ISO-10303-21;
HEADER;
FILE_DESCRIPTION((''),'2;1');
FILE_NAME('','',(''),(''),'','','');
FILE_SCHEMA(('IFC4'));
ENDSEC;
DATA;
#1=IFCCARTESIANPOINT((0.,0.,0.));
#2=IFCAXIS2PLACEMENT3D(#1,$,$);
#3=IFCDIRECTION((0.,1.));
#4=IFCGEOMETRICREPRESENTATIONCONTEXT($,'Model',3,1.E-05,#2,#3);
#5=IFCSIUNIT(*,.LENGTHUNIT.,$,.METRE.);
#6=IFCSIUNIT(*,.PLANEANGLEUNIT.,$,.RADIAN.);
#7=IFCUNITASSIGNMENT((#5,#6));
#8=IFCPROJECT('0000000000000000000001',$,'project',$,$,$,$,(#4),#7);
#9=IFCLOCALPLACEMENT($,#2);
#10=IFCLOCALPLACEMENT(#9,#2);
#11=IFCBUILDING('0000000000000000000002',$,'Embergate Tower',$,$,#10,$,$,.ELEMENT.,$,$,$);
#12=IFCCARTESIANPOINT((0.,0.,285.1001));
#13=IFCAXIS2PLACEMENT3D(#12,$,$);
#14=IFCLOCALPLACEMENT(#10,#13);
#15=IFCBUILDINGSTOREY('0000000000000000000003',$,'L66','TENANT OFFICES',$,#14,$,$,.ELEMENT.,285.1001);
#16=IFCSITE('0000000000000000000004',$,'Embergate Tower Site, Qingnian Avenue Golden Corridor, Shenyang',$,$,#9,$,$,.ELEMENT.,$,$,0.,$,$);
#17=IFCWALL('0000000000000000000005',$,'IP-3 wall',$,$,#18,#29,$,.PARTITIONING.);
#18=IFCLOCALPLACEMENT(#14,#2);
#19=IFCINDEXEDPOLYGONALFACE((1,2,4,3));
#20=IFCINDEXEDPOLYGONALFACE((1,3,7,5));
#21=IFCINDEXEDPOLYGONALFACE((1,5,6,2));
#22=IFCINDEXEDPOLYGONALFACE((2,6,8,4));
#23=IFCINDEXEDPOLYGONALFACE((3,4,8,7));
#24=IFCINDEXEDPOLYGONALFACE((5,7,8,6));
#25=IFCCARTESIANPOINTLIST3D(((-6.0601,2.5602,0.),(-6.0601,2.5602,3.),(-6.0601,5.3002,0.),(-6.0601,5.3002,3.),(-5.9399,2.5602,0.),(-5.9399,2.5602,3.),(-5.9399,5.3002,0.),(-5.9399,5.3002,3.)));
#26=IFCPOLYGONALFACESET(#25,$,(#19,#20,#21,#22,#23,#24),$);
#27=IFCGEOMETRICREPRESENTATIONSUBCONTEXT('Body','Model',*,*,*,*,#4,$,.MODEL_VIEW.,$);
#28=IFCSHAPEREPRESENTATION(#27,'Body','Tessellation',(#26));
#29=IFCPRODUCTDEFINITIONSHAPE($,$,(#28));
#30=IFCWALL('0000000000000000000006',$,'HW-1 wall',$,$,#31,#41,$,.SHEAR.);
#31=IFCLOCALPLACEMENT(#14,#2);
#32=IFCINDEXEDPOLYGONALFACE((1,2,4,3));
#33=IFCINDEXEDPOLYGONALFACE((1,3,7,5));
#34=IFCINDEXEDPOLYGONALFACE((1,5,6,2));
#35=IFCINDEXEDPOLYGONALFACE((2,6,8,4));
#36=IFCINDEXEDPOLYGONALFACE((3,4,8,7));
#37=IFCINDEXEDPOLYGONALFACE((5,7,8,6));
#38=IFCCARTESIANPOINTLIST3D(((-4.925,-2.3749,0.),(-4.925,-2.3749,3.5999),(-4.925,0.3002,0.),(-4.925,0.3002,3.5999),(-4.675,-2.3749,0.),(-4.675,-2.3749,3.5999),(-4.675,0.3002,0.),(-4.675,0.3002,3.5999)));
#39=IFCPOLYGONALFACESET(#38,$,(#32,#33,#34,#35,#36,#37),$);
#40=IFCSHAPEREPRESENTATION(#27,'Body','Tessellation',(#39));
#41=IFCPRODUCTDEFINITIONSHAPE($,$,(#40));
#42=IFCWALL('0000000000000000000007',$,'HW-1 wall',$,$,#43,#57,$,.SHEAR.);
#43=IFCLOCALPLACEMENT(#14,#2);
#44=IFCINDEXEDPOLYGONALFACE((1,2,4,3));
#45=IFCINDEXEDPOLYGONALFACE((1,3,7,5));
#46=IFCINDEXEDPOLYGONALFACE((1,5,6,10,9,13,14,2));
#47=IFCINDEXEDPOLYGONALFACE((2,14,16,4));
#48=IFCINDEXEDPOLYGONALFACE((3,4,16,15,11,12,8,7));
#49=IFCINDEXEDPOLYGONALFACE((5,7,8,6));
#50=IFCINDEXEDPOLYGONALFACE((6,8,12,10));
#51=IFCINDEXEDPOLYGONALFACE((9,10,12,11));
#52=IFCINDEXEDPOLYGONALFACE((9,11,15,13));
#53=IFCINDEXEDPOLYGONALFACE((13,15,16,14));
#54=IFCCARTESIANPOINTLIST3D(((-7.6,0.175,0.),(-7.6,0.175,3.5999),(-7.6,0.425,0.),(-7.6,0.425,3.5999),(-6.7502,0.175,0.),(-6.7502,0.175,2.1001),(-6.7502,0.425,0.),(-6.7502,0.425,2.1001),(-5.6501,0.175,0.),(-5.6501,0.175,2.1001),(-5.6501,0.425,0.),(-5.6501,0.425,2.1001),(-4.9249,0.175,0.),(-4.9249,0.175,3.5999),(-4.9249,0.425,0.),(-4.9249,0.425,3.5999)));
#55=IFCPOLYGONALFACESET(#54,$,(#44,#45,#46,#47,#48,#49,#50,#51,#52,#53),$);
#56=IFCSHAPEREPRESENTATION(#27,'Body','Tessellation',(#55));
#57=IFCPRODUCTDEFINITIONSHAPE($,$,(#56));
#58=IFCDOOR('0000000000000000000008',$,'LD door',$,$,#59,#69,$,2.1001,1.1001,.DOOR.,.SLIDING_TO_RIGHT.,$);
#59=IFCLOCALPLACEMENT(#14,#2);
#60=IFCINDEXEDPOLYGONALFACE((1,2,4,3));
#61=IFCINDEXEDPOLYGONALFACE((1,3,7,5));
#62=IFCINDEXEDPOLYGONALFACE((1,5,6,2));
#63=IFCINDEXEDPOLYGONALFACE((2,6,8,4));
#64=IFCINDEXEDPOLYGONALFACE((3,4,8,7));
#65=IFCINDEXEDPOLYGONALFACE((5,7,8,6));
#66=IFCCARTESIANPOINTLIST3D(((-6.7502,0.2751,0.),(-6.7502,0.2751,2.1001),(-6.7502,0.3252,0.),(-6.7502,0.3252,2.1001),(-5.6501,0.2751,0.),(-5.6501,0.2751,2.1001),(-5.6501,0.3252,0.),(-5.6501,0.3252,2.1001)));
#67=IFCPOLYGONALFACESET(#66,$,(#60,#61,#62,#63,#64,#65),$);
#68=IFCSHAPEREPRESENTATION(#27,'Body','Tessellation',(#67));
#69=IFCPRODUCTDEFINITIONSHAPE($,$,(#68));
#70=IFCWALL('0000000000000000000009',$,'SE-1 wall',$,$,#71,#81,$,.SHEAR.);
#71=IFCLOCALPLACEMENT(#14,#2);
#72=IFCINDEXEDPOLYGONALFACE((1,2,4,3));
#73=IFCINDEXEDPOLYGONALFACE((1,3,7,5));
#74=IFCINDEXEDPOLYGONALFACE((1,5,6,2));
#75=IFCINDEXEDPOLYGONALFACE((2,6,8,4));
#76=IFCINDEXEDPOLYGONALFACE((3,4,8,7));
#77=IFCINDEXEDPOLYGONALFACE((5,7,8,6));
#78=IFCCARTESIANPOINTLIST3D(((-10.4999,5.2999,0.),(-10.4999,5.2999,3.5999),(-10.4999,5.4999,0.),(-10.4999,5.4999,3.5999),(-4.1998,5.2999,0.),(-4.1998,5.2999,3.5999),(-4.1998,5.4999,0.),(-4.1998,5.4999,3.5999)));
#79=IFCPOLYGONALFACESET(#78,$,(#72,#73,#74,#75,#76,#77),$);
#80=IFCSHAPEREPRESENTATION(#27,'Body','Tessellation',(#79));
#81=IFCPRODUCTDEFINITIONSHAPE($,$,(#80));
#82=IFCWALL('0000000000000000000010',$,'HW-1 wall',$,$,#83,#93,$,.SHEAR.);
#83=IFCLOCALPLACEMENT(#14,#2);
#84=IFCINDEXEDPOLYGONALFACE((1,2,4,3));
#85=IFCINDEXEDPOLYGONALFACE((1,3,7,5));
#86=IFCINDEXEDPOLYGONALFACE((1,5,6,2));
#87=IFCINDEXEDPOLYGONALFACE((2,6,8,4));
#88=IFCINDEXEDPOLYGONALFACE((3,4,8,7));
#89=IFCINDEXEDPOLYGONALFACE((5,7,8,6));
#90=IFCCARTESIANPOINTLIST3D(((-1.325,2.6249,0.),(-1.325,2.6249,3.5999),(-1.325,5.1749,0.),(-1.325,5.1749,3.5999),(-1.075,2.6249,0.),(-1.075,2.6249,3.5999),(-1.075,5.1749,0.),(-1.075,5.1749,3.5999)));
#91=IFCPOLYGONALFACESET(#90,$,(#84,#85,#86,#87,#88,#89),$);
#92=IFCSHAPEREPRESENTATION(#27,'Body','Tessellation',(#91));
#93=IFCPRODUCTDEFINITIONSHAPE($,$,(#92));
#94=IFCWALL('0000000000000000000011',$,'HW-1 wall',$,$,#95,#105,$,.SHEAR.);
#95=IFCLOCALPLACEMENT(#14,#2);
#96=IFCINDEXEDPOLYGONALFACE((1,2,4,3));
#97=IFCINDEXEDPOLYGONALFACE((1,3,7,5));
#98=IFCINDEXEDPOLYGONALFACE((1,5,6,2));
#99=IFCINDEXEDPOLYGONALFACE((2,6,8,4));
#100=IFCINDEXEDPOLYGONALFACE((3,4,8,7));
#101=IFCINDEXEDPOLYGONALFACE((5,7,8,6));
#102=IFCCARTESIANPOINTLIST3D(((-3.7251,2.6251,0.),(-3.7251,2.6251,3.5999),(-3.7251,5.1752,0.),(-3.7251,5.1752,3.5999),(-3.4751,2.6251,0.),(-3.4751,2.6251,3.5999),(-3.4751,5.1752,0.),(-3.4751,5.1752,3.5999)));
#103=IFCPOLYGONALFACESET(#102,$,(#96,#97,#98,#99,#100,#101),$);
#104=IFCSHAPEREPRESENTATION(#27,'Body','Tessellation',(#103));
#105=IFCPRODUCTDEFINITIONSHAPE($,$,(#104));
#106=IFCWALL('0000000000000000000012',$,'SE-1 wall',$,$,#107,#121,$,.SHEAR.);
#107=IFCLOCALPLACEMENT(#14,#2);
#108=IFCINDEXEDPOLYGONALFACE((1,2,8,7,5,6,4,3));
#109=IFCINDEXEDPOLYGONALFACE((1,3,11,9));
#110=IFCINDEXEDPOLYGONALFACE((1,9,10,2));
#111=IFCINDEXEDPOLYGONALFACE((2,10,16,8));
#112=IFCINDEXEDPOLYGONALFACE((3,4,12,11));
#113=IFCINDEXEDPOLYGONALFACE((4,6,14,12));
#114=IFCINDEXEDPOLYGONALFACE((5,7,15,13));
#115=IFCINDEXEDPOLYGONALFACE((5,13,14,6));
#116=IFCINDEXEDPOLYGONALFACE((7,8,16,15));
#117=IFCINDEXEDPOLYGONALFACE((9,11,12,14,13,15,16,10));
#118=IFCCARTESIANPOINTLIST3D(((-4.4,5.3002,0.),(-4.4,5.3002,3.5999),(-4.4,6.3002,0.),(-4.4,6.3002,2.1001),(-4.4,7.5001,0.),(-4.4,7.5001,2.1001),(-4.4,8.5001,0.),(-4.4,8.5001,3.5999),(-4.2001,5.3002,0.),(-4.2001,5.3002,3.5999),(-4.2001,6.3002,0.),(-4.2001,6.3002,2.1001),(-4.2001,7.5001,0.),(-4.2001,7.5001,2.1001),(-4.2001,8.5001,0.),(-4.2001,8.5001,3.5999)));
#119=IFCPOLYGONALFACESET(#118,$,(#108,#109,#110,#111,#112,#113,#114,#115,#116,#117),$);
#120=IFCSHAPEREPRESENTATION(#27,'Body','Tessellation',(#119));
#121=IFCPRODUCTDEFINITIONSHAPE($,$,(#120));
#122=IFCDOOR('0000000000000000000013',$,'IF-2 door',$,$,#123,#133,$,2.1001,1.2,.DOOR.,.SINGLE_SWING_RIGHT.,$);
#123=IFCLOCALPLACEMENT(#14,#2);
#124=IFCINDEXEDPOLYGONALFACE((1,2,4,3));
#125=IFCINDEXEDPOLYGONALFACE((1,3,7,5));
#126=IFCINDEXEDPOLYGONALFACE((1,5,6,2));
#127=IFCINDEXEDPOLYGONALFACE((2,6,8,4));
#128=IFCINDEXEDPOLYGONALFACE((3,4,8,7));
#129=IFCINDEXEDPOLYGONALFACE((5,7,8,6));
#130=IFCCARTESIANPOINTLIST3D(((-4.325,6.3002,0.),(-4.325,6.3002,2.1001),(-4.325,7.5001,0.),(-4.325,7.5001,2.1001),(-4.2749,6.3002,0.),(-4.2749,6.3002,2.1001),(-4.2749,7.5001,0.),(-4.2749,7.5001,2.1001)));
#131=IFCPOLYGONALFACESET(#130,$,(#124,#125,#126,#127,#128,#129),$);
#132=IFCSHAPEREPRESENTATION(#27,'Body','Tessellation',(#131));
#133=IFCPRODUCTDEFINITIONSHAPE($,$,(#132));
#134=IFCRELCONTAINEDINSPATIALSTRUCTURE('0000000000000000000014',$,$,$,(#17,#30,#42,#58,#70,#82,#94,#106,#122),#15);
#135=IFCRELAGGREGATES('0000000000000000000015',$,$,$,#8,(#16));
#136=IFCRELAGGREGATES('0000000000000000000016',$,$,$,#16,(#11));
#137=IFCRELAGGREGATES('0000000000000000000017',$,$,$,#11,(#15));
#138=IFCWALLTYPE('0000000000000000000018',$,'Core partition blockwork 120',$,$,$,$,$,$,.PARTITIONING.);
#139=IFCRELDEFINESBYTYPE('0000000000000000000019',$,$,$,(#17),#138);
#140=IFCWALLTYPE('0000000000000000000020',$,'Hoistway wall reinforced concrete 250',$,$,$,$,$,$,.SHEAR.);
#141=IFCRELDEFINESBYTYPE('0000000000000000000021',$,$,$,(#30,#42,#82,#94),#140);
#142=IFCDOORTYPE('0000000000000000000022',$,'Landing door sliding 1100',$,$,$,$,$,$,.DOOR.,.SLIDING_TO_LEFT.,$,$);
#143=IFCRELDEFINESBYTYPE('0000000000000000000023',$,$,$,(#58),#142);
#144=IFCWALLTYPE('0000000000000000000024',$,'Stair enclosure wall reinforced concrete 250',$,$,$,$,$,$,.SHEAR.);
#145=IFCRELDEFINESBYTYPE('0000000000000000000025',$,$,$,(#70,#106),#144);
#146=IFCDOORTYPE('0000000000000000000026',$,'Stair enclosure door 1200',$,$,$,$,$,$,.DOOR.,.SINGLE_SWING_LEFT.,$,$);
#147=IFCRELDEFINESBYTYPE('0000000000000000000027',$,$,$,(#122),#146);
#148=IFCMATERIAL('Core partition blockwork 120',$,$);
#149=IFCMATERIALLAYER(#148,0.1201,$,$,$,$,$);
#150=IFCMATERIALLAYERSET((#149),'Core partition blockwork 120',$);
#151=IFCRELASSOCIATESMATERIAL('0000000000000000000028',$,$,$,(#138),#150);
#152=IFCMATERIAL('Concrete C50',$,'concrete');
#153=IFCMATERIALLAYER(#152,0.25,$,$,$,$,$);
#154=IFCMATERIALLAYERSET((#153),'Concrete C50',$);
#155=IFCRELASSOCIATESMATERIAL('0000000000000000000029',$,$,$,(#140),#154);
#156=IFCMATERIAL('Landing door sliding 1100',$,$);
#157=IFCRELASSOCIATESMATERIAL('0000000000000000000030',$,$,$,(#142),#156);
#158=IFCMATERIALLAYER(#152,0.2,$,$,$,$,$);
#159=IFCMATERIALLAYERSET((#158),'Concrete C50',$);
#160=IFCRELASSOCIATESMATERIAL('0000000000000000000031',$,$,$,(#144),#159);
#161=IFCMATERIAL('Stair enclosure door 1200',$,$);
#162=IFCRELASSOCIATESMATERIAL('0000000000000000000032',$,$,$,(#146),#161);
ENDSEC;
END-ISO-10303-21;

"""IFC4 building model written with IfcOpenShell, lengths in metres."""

from ifc_helpers import new_model, si_unit, direction, frame, frame_2d, origin, place, context, subcontext, project, spatial, rectangle, extrude, source, transform, mapped, material, layer, layer_set, type_object, element, fill, save


model = new_model("IFC4")

# Units and contexts
model_context = context("Model", 3, precision=1e-05, world=origin(), true_north=direction((0.0, 1.0)))
body_context = subcontext(model_context, "Body", "Model", "MODEL_VIEW")
ifc_project = project(units=[si_unit("LENGTHUNIT", "METRE"), si_unit("PLANEANGLEUNIT", "RADIAN")], contexts=[model_context])

# Site, building, storey
site_placement = place(None, origin())
site = spatial("IfcSite", under=ifc_project, at=site_placement, Name="Embergate Tower Site, Qingnian Avenue Golden Corridor, Shenyang", CompositionType="ELEMENT", RefElevation=0.0)
building_placement = place(site_placement, origin())
building = spatial("IfcBuilding", under=site, at=building_placement, Name="Embergate Tower", CompositionType="ELEMENT")
storey_placement = place(building_placement, frame((0.0, 0.0, 285.1001)))
storey = spatial("IfcBuildingStorey", under=building, at=storey_placement, Name="L66", Description="TENANT OFFICES", CompositionType="ELEMENT", Elevation=285.1001)

# Walls
ifc_material_1 = material(Name="Core partition blockwork 120")
ifc_layer_1 = layer(ifc_material_1, 0.1201)
ifc_layer_set_1 = layer_set([ifc_layer_1], Name="Core partition blockwork 120")
wall_type_1 = type_object("IfcWallType", Name="Core partition blockwork 120", PredefinedType="PARTITIONING", material=ifc_layer_set_1)
shared_shape_1 = source(origin(), body_context, "Body", "SweptSolid", [
    extrude(rectangle(XDim=2.74, YDim=0.1201, at=frame_2d((1.3701, 0.0))), origin(), (0.0, 0.0, 1.0), 3.0),
])
wall_1_placement = place(storey_placement, frame((-6.0, 2.5601, 0.0), z_axis=(0.0, 0.0, 1.0), x_axis=(0.0, 1.0, 0.0)))
element("IfcWall", 1, at=wall_1_placement, inside=storey, type_object=wall_type_1, Name="IP-3 wall", PredefinedType="PARTITIONING", context=body_context, shape_type="MappedRepresentation", body=[
    mapped(shared_shape_1, transform((0.0, 0.0, 0.0))),
])
ifc_material_2 = material(Name="Concrete C50", Category="concrete")
ifc_layer_2 = layer(ifc_material_2, 0.25)
ifc_layer_set_2 = layer_set([ifc_layer_2], Name="Concrete C50")
wall_type_2 = type_object("IfcWallType", Name="Hoistway wall reinforced concrete 250", PredefinedType="SHEAR", material=ifc_layer_set_2)
shared_shape_2 = source(origin(), body_context, "Body", "SweptSolid", [
    extrude(rectangle(XDim=2.675, YDim=0.25, at=frame_2d((1.3374, 0.0))), origin(), (0.0, 0.0, 1.0), 3.5999),
])
wall_2_placement = place(storey_placement, frame((-4.8, 0.3, 0.0), z_axis=(0.0, 0.0, 1.0), x_axis=(0.0, -1.0, 0.0)))
element("IfcWall", 2, at=wall_2_placement, inside=storey, type_object=wall_type_2, Name="HW-1 wall", PredefinedType="SHEAR", context=body_context, shape_type="MappedRepresentation", body=[
    mapped(shared_shape_2, transform((0.0, 0.0, 0.0))),
])

# Wall, opening, door
wall_3_placement = place(storey_placement, frame((-4.925, 0.3, 0.0), z_axis=(0.0, 0.0, 1.0), x_axis=(-1.0, 0.0, 0.0)))
wall_3 = element("IfcWall", 3, at=wall_3_placement, inside=storey, type_object=wall_type_2, Name="HW-1 wall", PredefinedType="SHEAR", context=body_context, shape_type="MappedRepresentation", body=[
    mapped(shared_shape_2, transform((0.0, 0.0, 0.0))),
])
shared_shape_3 = source(origin(), body_context, "Body", "SweptSolid", [
    extrude(rectangle(XDim=1.1001, YDim=2.1001, at=frame_2d((0.55, 1.05))), frame((0.0, 0.135, 0.0), z_axis=(0.0, -1.0, 0.0), x_axis=(1.0, 0.0, 0.0)), (0.0, 0.0, 1.0), 0.27),
])
opening_1_placement = place(wall_3_placement, frame((0.7251, 0.0, 0.0)))
opening_1 = element("IfcOpeningElement", 4, at=opening_1_placement, cuts=wall_3, PredefinedType="OPENING", context=body_context, shape_type="MappedRepresentation", body=[
    mapped(shared_shape_3, transform((0.0, 0.0, 0.0))),
])
ifc_material_3 = material(Name="Landing door sliding 1100")
door_type_1 = type_object("IfcDoorType", Name="Landing door sliding 1100", OperationType="SLIDING_TO_LEFT", PredefinedType="DOOR", material=ifc_material_3)
shared_shape_4 = source(origin(), body_context, "Body", "SweptSolid", [
    extrude(rectangle(XDim=1.1001, YDim=2.1001, at=frame_2d((0.55, 1.05))), frame((0.0, 0.0249, 0.0), z_axis=(0.0, -1.0, 0.0), x_axis=(1.0, 0.0, 0.0)), (0.0, 0.0, 1.0), 0.05),
])
door_1_placement = place(opening_1_placement, origin())
door_1 = element("IfcDoor", 5, at=door_1_placement, inside=storey, type_object=door_type_1, Name="LD door", OperationType="SLIDING_TO_RIGHT", OverallHeight=2.1001, OverallWidth=1.1001, PredefinedType="DOOR", context=body_context, shape_type="MappedRepresentation", body=[
    mapped(shared_shape_4, transform((0.0, 0.0, 0.0))),
])
fill(opening_1, door_1)

# Walls
ifc_layer_3 = layer(ifc_material_2, 0.2)
ifc_layer_set_3 = layer_set([ifc_layer_3], Name="Concrete C50")
wall_type_3 = type_object("IfcWallType", Name="Stair enclosure wall reinforced concrete 250", PredefinedType="SHEAR", material=ifc_layer_set_3)
shared_shape_5 = source(origin(), body_context, "Body", "SweptSolid", [
    extrude(rectangle(XDim=6.3, YDim=0.2, at=frame_2d((3.1499, 0.0))), origin(), (0.0, 0.0, 1.0), 3.5999),
])
wall_4_placement = place(storey_placement, frame((-4.2, 5.3999, 0.0), z_axis=(0.0, 0.0, 1.0), x_axis=(-1.0, 0.0, 0.0)))
element("IfcWall", 6, at=wall_4_placement, inside=storey, type_object=wall_type_3, Name="SE-1 wall", PredefinedType="SHEAR", context=body_context, shape_type="MappedRepresentation", body=[
    mapped(shared_shape_5, transform((0.0, 0.0, 0.0))),
])
shared_shape_6 = source(origin(), body_context, "Body", "SweptSolid", [
    extrude(rectangle(XDim=2.55, YDim=0.25, at=frame_2d((1.2749, 0.0))), origin(), (0.0, 0.0, 1.0), 3.5999),
])
for number, where, z_axis, x_axis, name in (
    (7, (-1.2, 2.625, 0.0), (0.0, 0.0, 1.0), (0.0, 1.0, 0.0), "HW-1 wall"),
    (8, (-3.6001, 5.175, 0.0), (0.0, 0.0, 1.0), (0.0, -1.0, 0.0), "HW-1 wall"),
):
    element("IfcWall", number, at=place(storey_placement, frame(where, z_axis=z_axis, x_axis=x_axis)), inside=storey, type_object=wall_type_2, Name=name, PredefinedType="SHEAR", context=body_context, shape_type="MappedRepresentation", body=[
        mapped(shared_shape_6, transform((0.0, 0.0, 0.0))),
    ])

# Wall, opening, door
shared_shape_7 = source(origin(), body_context, "Body", "SweptSolid", [
    extrude(rectangle(XDim=3.2, YDim=0.2, at=frame_2d((1.6001, 0.0))), origin(), (0.0, 0.0, 1.0), 3.5999),
])
wall_5_placement = place(storey_placement, frame((-4.3, 5.3, 0.0), z_axis=(0.0, 0.0, 1.0), x_axis=(0.0, 1.0, 0.0)))
wall_5 = element("IfcWall", 9, at=wall_5_placement, inside=storey, type_object=wall_type_3, Name="SE-1 wall", PredefinedType="SHEAR", context=body_context, shape_type="MappedRepresentation", body=[
    mapped(shared_shape_7, transform((0.0, 0.0, 0.0))),
])
shared_shape_8 = source(origin(), body_context, "Body", "SweptSolid", [
    extrude(rectangle(XDim=1.2, YDim=2.1001, at=frame_2d((0.6001, 1.05))), frame((0.0, 0.1099, 0.0), z_axis=(0.0, -1.0, 0.0), x_axis=(1.0, 0.0, 0.0)), (0.0, 0.0, 1.0), 0.22),
])
opening_2_placement = place(wall_5_placement, frame((1.0, 0.0, 0.0)))
opening_2 = element("IfcOpeningElement", 10, at=opening_2_placement, cuts=wall_5, PredefinedType="OPENING", context=body_context, shape_type="MappedRepresentation", body=[
    mapped(shared_shape_8, transform((0.0, 0.0, 0.0))),
])
ifc_material_4 = material(Name="Stair enclosure door 1200")
door_type_2 = type_object("IfcDoorType", Name="Stair enclosure door 1200", OperationType="SINGLE_SWING_LEFT", PredefinedType="DOOR", material=ifc_material_4)
shared_shape_9 = source(origin(), body_context, "Body", "SweptSolid", [
    extrude(rectangle(XDim=1.2, YDim=2.1001, at=frame_2d((0.6001, 1.05))), frame((0.0, 0.0249, 0.0), z_axis=(0.0, -1.0, 0.0), x_axis=(1.0, 0.0, 0.0)), (0.0, 0.0, 1.0), 0.05),
])
door_2_placement = place(opening_2_placement, origin())
door_2 = element("IfcDoor", 11, at=door_2_placement, inside=storey, type_object=door_type_2, Name="IF-2 door", OperationType="SINGLE_SWING_RIGHT", OverallHeight=2.1001, OverallWidth=1.2, PredefinedType="DOOR", context=body_context, shape_type="MappedRepresentation", body=[
    mapped(shared_shape_9, transform((0.0, 0.0, 0.0))),
])
fill(opening_2, door_2)

save(model, "model.ifc")
